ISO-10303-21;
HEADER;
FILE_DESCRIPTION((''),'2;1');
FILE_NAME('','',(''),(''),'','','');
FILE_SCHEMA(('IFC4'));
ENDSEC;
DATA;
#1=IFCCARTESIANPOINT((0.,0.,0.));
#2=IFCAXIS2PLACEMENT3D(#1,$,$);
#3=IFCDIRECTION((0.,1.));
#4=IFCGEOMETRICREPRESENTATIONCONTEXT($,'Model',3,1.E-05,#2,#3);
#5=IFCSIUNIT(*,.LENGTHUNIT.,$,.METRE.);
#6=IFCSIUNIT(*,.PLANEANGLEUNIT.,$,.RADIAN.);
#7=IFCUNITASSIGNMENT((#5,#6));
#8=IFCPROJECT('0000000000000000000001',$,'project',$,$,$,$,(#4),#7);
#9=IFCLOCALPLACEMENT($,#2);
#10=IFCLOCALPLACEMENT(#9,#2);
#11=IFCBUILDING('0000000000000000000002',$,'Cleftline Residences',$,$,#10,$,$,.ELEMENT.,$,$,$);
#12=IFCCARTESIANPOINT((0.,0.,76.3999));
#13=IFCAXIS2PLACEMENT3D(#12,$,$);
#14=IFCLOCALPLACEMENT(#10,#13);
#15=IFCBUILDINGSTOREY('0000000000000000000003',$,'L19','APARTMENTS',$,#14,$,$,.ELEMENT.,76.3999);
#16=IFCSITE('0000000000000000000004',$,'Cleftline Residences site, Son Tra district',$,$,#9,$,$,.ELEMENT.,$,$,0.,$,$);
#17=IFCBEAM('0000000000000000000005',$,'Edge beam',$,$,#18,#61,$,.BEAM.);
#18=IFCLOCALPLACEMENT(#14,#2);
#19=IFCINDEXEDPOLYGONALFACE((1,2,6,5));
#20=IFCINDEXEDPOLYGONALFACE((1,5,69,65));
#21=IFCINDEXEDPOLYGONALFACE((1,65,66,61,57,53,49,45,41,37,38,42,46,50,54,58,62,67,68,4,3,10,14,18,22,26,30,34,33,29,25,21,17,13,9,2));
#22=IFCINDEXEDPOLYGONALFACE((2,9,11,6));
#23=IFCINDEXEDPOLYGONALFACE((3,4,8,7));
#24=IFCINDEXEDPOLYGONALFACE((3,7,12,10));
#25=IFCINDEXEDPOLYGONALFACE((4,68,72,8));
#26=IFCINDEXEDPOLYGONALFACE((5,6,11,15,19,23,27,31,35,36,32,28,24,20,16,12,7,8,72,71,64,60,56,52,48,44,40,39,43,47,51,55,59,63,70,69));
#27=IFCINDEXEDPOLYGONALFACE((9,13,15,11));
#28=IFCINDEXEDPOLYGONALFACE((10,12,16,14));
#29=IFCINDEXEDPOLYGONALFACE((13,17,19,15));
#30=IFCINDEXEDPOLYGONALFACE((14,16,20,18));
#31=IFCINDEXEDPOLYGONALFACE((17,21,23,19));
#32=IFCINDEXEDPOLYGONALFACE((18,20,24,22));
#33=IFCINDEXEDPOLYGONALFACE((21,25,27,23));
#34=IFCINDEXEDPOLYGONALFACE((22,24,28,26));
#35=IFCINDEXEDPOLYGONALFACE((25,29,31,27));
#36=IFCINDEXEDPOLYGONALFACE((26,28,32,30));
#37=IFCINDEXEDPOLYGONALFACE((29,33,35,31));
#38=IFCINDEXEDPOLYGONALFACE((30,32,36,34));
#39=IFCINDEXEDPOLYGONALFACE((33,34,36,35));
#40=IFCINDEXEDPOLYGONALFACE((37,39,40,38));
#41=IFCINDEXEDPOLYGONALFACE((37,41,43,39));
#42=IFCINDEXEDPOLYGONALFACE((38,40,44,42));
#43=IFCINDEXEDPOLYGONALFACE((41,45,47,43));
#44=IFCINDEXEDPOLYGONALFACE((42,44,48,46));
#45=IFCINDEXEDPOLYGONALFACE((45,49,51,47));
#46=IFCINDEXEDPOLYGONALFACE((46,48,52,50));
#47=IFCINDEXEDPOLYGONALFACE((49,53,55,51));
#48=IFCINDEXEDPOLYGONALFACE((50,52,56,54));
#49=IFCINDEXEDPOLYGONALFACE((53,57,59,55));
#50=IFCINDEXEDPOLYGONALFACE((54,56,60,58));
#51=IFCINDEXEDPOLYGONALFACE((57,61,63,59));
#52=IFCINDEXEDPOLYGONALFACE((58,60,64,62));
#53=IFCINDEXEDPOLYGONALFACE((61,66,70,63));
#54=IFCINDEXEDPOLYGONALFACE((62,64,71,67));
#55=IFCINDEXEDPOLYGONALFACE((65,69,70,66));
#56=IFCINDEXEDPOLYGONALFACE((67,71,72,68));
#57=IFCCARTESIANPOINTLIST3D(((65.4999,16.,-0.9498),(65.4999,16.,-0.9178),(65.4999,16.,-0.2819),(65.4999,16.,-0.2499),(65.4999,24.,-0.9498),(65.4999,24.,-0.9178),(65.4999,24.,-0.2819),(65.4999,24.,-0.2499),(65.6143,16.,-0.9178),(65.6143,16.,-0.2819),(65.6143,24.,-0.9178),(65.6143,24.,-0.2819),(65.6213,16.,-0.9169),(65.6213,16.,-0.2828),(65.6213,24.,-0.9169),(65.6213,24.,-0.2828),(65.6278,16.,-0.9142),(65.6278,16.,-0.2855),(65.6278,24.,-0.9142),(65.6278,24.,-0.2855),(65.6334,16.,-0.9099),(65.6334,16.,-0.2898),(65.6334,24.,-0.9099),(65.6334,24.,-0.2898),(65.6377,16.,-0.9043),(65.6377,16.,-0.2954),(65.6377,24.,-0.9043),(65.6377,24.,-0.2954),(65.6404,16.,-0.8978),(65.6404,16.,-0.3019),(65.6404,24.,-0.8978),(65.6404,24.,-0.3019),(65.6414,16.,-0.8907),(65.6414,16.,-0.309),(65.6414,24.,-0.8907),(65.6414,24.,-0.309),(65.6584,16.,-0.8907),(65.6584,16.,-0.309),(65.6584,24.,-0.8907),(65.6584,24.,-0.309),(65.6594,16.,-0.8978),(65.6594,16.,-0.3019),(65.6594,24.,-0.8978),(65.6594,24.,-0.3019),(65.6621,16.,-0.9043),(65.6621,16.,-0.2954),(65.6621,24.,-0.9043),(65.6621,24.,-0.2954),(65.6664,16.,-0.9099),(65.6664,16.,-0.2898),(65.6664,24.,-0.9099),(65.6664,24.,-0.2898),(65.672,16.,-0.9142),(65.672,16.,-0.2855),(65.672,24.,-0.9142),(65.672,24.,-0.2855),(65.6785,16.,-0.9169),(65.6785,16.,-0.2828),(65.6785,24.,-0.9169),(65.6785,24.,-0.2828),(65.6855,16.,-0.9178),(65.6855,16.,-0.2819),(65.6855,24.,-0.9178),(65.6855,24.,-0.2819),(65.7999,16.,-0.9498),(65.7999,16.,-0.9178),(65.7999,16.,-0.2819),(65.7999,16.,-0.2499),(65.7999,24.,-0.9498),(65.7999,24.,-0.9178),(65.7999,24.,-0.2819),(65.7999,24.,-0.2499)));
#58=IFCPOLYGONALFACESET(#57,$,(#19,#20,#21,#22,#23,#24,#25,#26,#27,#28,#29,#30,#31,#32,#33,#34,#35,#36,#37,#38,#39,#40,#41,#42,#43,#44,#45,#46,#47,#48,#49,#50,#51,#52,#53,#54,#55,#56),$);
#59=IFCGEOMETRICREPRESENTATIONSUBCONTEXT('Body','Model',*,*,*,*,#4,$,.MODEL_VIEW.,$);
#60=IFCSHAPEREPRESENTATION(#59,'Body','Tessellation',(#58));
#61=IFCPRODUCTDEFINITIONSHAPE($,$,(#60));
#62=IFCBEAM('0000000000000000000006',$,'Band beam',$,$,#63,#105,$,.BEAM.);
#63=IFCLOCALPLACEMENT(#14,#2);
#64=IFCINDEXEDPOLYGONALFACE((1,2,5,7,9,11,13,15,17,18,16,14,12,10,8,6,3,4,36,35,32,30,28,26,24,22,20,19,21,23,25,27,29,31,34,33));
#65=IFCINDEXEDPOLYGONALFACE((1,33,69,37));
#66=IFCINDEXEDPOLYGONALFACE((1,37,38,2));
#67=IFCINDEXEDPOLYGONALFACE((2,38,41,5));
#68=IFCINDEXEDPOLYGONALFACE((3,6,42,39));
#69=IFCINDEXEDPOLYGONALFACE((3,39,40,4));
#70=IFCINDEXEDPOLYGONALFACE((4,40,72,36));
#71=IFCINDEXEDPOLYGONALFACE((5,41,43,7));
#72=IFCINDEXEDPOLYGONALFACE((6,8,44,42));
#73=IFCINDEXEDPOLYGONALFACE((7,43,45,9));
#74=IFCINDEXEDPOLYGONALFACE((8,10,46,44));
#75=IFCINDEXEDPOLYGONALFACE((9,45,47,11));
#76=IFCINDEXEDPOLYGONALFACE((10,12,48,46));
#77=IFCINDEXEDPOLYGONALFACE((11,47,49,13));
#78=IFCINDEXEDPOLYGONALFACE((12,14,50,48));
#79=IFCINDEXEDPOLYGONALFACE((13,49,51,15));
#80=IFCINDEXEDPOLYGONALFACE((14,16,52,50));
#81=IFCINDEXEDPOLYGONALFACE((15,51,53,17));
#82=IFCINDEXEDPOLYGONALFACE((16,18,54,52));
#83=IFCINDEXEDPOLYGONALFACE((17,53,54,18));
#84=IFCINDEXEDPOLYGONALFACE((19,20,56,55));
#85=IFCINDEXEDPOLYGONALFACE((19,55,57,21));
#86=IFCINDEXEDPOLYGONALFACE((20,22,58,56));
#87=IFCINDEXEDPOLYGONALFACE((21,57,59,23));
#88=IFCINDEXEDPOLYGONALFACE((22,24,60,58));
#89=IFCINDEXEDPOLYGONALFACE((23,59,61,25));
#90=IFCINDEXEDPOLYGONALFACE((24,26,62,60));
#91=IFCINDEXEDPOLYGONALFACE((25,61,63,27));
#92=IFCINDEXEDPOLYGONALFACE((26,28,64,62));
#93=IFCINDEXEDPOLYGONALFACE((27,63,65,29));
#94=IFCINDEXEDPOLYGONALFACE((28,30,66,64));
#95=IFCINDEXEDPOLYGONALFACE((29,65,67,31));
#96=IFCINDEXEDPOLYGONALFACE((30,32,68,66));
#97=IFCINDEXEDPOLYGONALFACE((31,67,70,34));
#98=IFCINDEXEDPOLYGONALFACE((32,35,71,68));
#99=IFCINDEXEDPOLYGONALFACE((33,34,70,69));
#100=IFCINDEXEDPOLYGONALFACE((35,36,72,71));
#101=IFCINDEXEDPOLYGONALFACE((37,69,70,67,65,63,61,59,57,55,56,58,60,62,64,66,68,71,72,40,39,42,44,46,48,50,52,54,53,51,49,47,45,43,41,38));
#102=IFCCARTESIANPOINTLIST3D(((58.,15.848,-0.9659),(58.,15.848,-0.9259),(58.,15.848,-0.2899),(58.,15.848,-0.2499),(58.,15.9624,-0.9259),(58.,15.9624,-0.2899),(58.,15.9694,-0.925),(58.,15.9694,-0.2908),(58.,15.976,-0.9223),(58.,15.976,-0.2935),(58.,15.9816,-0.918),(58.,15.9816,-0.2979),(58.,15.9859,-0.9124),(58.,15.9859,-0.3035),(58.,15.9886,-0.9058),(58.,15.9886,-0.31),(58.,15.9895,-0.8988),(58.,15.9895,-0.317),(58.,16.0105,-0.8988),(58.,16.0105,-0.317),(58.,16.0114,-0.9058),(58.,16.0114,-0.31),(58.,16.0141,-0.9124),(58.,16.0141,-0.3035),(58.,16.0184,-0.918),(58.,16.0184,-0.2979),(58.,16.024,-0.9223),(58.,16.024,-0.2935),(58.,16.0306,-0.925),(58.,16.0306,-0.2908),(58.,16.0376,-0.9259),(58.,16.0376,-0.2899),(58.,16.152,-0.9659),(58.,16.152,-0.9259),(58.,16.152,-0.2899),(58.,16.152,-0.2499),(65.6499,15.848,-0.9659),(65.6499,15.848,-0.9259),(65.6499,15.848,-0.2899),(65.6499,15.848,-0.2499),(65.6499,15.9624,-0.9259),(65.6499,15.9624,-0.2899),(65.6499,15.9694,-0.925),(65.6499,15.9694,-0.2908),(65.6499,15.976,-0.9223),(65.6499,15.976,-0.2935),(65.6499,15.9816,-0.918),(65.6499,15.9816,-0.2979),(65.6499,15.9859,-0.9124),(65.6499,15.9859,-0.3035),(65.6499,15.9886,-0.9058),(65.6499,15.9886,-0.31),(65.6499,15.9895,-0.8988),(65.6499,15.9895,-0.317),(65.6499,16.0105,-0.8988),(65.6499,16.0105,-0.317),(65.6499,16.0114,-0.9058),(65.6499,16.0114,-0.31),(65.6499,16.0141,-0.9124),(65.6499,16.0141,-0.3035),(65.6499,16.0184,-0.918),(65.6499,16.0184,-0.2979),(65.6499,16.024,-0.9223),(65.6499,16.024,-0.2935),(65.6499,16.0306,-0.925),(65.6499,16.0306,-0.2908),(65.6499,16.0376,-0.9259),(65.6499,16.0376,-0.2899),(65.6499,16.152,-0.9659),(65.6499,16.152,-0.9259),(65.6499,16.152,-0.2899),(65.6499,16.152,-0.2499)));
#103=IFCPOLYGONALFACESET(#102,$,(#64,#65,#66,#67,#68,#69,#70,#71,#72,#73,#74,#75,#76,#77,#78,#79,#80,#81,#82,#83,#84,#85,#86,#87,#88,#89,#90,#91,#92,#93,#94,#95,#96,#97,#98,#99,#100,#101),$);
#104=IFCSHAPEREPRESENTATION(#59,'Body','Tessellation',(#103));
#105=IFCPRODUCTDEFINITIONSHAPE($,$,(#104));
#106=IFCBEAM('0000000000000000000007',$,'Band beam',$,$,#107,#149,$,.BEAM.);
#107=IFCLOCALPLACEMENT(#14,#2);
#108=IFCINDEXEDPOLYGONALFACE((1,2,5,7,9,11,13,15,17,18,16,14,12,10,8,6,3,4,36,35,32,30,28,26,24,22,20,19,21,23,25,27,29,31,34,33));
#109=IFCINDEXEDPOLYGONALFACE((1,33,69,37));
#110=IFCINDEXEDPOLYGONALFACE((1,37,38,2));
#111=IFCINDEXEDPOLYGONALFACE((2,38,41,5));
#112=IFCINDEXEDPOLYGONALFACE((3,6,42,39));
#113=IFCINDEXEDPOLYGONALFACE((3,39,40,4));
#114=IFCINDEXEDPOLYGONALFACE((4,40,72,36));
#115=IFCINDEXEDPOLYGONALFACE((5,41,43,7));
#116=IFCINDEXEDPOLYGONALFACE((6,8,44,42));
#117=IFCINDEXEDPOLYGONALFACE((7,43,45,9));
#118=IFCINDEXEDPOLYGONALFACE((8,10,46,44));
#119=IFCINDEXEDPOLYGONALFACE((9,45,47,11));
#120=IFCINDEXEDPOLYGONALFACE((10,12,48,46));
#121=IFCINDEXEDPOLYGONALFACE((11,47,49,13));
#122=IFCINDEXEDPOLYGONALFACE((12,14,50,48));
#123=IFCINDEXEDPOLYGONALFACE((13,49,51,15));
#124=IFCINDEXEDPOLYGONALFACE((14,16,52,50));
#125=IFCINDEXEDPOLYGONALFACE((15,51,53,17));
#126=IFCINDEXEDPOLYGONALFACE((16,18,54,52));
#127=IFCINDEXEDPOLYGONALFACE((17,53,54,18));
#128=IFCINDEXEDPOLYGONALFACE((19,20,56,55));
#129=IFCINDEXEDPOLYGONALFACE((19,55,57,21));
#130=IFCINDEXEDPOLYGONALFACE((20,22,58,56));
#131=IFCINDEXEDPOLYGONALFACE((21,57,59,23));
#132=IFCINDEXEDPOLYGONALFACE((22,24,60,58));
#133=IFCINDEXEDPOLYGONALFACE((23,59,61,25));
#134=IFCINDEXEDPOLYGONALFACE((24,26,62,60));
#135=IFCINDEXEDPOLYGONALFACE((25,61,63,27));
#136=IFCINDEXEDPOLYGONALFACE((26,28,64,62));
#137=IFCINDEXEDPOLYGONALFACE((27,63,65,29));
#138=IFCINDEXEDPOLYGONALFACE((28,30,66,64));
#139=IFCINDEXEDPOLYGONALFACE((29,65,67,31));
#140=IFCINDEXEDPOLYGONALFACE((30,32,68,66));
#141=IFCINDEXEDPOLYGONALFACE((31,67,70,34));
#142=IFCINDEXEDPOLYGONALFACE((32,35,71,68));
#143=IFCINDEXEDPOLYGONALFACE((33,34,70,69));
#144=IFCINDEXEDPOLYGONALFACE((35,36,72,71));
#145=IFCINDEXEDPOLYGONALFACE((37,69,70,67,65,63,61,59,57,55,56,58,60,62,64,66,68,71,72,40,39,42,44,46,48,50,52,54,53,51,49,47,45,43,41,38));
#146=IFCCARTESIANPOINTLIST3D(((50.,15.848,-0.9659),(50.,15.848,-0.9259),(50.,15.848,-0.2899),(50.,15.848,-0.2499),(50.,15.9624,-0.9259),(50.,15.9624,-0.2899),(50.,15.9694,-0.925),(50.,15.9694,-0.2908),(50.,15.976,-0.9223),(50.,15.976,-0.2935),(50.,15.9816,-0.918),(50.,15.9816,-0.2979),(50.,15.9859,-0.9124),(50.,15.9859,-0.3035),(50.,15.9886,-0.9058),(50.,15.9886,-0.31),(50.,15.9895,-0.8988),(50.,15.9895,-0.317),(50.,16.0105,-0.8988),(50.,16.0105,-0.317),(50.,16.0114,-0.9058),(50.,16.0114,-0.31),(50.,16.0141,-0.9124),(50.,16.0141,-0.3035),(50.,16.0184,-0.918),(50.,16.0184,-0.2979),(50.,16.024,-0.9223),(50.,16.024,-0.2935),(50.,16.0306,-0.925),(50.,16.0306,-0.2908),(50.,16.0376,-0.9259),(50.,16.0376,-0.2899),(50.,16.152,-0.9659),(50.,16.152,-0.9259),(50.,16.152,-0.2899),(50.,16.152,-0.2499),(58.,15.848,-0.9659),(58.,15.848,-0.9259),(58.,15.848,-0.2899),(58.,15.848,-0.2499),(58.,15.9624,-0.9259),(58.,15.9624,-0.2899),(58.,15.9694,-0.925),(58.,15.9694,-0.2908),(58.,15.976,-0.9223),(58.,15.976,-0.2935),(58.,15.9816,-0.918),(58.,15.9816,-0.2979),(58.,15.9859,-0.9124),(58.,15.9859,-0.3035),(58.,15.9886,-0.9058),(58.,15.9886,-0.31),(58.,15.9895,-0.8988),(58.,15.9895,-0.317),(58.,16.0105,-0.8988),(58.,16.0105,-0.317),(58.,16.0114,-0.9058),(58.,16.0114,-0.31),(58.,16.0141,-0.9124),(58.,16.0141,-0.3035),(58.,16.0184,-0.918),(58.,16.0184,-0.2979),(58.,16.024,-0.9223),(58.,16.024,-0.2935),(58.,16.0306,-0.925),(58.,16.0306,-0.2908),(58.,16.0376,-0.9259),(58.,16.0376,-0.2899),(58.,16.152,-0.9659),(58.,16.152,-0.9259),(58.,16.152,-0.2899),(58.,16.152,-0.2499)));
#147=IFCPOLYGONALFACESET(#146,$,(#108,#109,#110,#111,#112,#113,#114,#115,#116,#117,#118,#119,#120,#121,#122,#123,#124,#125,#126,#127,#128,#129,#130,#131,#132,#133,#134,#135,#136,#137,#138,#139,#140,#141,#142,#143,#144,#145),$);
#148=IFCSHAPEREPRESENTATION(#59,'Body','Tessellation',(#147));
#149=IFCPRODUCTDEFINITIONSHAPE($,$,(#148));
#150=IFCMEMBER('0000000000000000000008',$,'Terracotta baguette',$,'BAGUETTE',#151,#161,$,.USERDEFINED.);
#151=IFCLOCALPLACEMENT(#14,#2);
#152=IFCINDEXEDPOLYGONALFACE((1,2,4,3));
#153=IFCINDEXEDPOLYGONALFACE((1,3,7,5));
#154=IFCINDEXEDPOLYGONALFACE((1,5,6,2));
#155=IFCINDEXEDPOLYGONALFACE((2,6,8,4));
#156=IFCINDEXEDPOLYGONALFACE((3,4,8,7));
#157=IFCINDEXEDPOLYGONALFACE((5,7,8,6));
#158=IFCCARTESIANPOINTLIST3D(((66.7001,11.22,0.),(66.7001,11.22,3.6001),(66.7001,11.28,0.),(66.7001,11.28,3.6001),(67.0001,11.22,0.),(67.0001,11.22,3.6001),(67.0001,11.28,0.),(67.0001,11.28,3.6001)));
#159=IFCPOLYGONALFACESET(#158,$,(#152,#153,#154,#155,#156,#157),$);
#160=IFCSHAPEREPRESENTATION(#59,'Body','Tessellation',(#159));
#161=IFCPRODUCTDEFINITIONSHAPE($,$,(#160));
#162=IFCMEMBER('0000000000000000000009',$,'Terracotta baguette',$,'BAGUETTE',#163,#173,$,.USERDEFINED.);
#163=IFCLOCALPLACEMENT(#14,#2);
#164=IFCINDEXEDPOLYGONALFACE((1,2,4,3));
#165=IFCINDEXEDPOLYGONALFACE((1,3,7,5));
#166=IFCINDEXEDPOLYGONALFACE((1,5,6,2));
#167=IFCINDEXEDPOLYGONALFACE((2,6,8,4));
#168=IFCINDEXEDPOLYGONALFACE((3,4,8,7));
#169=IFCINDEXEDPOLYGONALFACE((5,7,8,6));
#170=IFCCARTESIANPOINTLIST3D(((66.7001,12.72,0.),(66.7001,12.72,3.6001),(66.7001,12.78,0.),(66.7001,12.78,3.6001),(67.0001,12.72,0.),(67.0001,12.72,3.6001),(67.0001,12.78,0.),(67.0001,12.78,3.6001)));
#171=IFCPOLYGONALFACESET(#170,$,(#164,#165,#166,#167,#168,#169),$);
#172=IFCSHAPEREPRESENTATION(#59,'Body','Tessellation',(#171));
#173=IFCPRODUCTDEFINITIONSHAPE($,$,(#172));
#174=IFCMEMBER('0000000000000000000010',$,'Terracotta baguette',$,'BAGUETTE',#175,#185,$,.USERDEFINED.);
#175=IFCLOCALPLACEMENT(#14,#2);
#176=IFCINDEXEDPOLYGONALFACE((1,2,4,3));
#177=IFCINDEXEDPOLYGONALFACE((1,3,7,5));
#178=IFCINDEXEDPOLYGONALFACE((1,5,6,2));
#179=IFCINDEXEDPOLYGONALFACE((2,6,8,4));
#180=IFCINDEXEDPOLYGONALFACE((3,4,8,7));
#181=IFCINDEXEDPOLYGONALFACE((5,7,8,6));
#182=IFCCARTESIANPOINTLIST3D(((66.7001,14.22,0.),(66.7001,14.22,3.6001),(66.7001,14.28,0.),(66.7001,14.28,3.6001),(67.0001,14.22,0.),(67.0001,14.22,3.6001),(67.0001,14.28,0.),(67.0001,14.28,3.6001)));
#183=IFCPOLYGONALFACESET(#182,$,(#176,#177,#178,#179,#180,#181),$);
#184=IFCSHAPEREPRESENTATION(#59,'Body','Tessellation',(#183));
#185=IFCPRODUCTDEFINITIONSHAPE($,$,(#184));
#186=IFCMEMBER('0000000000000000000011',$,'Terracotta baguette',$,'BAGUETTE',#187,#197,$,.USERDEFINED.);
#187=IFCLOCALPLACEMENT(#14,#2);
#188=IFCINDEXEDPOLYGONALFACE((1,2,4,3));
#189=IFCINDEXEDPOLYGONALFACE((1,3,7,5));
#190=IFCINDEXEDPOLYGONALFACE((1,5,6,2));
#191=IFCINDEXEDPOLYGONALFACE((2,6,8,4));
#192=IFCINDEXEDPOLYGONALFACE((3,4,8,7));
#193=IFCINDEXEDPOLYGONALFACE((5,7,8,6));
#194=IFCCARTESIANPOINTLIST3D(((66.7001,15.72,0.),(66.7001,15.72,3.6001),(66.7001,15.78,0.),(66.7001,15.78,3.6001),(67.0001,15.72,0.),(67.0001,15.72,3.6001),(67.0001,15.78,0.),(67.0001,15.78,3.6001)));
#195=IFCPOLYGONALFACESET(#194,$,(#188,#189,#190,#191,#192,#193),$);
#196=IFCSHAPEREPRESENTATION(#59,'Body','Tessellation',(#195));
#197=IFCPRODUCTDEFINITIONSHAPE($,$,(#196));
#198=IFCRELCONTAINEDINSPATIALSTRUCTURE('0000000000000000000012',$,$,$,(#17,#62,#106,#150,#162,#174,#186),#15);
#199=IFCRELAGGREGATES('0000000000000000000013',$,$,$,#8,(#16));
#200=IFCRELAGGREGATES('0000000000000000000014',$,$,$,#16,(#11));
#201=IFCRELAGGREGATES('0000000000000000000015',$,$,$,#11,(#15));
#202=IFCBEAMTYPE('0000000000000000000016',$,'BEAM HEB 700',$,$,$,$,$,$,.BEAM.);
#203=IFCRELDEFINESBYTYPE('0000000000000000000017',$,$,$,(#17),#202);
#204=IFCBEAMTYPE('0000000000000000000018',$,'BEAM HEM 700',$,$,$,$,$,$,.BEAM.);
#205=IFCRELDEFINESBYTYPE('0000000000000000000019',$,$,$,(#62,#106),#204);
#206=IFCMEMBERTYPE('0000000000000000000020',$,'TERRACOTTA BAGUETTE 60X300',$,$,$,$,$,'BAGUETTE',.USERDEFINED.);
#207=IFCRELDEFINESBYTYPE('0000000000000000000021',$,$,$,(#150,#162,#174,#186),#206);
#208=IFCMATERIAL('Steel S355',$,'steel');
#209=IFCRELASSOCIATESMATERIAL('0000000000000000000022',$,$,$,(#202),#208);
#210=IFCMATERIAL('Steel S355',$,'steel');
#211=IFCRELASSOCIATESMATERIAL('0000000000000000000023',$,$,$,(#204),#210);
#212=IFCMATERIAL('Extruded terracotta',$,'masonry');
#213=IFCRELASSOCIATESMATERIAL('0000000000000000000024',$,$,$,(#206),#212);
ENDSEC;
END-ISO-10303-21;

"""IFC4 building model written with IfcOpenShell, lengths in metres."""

from ifc_helpers import new_model, si_unit, direction, frame, origin, origin_2d, place, context, subcontext, project, spatial, rectangle, i_section, extrude, material, material_profile, profile_set, type_object, element, save


model = new_model("IFC4")

# Units and contexts
model_context = context("Model", 3, precision=1e-05, world=origin(), true_north=direction((0.0, 1.0)))
body_context = subcontext(model_context, "Body", "Model", "MODEL_VIEW")
ifc_project = project(units=[si_unit("LENGTHUNIT", "METRE"), si_unit("PLANEANGLEUNIT", "RADIAN")], contexts=[model_context])

# Site, building, storey
site_placement = place(None, origin())
site = spatial("IfcSite", under=ifc_project, at=site_placement, Name="Cleftline Residences site, Son Tra district", CompositionType="ELEMENT", RefElevation=0.0)
building_placement = place(site_placement, origin())
building = spatial("IfcBuilding", under=site, at=building_placement, Name="Cleftline Residences", CompositionType="ELEMENT")
storey_placement = place(building_placement, frame((0.0, 0.0, 76.3999)))
storey = spatial("IfcBuildingStorey", under=building, at=storey_placement, Name="L19", Description="APARTMENTS", CompositionType="ELEMENT", Elevation=76.3999)

# Beams
ifc_material_1 = material(Name="Steel S355", Category="steel")
ifc_material_profile_1 = material_profile(ifc_material_1, i_section(OverallWidth=0.3, OverallDepth=0.7, WebThickness=0.0171, FlangeThickness=0.032, FilletRadius=0.0271, at=origin_2d()))
ifc_profile_set_1 = profile_set([ifc_material_profile_1], Name="Steel S355")
beam_type_1 = type_object("IfcBeamType", Name="BEAM HEB 700", PredefinedType="BEAM", material=ifc_profile_set_1)
beam_1_placement = place(storey_placement, frame((65.6499, 16.0, -0.5999), z_axis=(0.0, 1.0, 0.0), x_axis=(-1.0, 0.0, 0.0)))
element("IfcBeam", 1, at=beam_1_placement, inside=storey, type_object=beam_type_1, Name="Edge beam", PredefinedType="BEAM", context=body_context, shape_type="SweptSolid", body=[
    extrude(i_section(OverallWidth=0.3, OverallDepth=0.7, WebThickness=0.0171, FlangeThickness=0.032, FilletRadius=0.0271, at=origin_2d()), origin(), (0.0, 0.0, 1.0), 8.0),
])
ifc_material_2 = material(Name="Steel S355", Category="steel")
ifc_material_profile_2 = material_profile(ifc_material_2, i_section(OverallWidth=0.304, OverallDepth=0.7161, WebThickness=0.021, FlangeThickness=0.04, FilletRadius=0.0271, at=origin_2d()))
ifc_profile_set_2 = profile_set([ifc_material_profile_2], Name="Steel S355")
beam_type_2 = type_object("IfcBeamType", Name="BEAM HEM 700", PredefinedType="BEAM", material=ifc_profile_set_2)
beam_2_placement = place(storey_placement, frame((65.6499, 16.0, -0.6079), z_axis=(-1.0, 0.0, 0.0), x_axis=(0.0, -1.0, 0.0)))
element("IfcBeam", 2, at=beam_2_placement, inside=storey, type_object=beam_type_2, Name="Band beam", PredefinedType="BEAM", context=body_context, shape_type="SweptSolid", body=[
    extrude(i_section(OverallWidth=0.304, OverallDepth=0.7161, WebThickness=0.021, FlangeThickness=0.04, FilletRadius=0.0271, at=origin_2d()), origin(), (0.0, 0.0, 1.0), 7.6499),
])
beam_3_placement = place(storey_placement, frame((58.0, 16.0, -0.6079), z_axis=(-1.0, 0.0, 0.0), x_axis=(0.0, -1.0, 0.0)))
element("IfcBeam", 3, at=beam_3_placement, inside=storey, type_object=beam_type_2, Name="Band beam", PredefinedType="BEAM", context=body_context, shape_type="SweptSolid", body=[
    extrude(i_section(OverallWidth=0.304, OverallDepth=0.7161, WebThickness=0.021, FlangeThickness=0.04, FilletRadius=0.0271, at=origin_2d()), origin(), (0.0, 0.0, 1.0), 8.0),
])

# Members
ifc_material_3 = material(Name="Extruded terracotta", Category="masonry")
ifc_material_profile_3 = material_profile(ifc_material_3, rectangle(XDim=0.0601, YDim=0.3, at=origin_2d()))
ifc_profile_set_3 = profile_set([ifc_material_profile_3], Name="Extruded terracotta")
member_type_1 = type_object("IfcMemberType", Name="TERRACOTTA BAGUETTE 60X300", ElementType="BAGUETTE", PredefinedType="USERDEFINED", material=ifc_profile_set_3)
for number, where, z_axis, x_axis, name in (
    (4, (66.8501, 11.25, 0.0), (0.0, 0.0, 1.0), (0.0, 1.0, 0.0), "Terracotta baguette"),
    (5, (66.8501, 12.75, 0.0), (0.0, 0.0, 1.0), (0.0, 1.0, 0.0), "Terracotta baguette"),
    (6, (66.8501, 14.25, 0.0), (0.0, 0.0, 1.0), (0.0, 1.0, 0.0), "Terracotta baguette"),
    (7, (66.8501, 15.75, 0.0), (0.0, 0.0, 1.0), (0.0, 1.0, 0.0), "Terracotta baguette"),
):
    element("IfcMember", number, at=place(storey_placement, frame(where, z_axis=z_axis, x_axis=x_axis)), inside=storey, type_object=member_type_1, Name=name, ObjectType="BAGUETTE", PredefinedType="USERDEFINED", context=body_context, shape_type="SweptSolid", body=[
        extrude(rectangle(XDim=0.0601, YDim=0.3, at=origin_2d()), origin(), (0.0, 0.0, 1.0), 3.6001),
    ])

save(model, "model.ifc")
